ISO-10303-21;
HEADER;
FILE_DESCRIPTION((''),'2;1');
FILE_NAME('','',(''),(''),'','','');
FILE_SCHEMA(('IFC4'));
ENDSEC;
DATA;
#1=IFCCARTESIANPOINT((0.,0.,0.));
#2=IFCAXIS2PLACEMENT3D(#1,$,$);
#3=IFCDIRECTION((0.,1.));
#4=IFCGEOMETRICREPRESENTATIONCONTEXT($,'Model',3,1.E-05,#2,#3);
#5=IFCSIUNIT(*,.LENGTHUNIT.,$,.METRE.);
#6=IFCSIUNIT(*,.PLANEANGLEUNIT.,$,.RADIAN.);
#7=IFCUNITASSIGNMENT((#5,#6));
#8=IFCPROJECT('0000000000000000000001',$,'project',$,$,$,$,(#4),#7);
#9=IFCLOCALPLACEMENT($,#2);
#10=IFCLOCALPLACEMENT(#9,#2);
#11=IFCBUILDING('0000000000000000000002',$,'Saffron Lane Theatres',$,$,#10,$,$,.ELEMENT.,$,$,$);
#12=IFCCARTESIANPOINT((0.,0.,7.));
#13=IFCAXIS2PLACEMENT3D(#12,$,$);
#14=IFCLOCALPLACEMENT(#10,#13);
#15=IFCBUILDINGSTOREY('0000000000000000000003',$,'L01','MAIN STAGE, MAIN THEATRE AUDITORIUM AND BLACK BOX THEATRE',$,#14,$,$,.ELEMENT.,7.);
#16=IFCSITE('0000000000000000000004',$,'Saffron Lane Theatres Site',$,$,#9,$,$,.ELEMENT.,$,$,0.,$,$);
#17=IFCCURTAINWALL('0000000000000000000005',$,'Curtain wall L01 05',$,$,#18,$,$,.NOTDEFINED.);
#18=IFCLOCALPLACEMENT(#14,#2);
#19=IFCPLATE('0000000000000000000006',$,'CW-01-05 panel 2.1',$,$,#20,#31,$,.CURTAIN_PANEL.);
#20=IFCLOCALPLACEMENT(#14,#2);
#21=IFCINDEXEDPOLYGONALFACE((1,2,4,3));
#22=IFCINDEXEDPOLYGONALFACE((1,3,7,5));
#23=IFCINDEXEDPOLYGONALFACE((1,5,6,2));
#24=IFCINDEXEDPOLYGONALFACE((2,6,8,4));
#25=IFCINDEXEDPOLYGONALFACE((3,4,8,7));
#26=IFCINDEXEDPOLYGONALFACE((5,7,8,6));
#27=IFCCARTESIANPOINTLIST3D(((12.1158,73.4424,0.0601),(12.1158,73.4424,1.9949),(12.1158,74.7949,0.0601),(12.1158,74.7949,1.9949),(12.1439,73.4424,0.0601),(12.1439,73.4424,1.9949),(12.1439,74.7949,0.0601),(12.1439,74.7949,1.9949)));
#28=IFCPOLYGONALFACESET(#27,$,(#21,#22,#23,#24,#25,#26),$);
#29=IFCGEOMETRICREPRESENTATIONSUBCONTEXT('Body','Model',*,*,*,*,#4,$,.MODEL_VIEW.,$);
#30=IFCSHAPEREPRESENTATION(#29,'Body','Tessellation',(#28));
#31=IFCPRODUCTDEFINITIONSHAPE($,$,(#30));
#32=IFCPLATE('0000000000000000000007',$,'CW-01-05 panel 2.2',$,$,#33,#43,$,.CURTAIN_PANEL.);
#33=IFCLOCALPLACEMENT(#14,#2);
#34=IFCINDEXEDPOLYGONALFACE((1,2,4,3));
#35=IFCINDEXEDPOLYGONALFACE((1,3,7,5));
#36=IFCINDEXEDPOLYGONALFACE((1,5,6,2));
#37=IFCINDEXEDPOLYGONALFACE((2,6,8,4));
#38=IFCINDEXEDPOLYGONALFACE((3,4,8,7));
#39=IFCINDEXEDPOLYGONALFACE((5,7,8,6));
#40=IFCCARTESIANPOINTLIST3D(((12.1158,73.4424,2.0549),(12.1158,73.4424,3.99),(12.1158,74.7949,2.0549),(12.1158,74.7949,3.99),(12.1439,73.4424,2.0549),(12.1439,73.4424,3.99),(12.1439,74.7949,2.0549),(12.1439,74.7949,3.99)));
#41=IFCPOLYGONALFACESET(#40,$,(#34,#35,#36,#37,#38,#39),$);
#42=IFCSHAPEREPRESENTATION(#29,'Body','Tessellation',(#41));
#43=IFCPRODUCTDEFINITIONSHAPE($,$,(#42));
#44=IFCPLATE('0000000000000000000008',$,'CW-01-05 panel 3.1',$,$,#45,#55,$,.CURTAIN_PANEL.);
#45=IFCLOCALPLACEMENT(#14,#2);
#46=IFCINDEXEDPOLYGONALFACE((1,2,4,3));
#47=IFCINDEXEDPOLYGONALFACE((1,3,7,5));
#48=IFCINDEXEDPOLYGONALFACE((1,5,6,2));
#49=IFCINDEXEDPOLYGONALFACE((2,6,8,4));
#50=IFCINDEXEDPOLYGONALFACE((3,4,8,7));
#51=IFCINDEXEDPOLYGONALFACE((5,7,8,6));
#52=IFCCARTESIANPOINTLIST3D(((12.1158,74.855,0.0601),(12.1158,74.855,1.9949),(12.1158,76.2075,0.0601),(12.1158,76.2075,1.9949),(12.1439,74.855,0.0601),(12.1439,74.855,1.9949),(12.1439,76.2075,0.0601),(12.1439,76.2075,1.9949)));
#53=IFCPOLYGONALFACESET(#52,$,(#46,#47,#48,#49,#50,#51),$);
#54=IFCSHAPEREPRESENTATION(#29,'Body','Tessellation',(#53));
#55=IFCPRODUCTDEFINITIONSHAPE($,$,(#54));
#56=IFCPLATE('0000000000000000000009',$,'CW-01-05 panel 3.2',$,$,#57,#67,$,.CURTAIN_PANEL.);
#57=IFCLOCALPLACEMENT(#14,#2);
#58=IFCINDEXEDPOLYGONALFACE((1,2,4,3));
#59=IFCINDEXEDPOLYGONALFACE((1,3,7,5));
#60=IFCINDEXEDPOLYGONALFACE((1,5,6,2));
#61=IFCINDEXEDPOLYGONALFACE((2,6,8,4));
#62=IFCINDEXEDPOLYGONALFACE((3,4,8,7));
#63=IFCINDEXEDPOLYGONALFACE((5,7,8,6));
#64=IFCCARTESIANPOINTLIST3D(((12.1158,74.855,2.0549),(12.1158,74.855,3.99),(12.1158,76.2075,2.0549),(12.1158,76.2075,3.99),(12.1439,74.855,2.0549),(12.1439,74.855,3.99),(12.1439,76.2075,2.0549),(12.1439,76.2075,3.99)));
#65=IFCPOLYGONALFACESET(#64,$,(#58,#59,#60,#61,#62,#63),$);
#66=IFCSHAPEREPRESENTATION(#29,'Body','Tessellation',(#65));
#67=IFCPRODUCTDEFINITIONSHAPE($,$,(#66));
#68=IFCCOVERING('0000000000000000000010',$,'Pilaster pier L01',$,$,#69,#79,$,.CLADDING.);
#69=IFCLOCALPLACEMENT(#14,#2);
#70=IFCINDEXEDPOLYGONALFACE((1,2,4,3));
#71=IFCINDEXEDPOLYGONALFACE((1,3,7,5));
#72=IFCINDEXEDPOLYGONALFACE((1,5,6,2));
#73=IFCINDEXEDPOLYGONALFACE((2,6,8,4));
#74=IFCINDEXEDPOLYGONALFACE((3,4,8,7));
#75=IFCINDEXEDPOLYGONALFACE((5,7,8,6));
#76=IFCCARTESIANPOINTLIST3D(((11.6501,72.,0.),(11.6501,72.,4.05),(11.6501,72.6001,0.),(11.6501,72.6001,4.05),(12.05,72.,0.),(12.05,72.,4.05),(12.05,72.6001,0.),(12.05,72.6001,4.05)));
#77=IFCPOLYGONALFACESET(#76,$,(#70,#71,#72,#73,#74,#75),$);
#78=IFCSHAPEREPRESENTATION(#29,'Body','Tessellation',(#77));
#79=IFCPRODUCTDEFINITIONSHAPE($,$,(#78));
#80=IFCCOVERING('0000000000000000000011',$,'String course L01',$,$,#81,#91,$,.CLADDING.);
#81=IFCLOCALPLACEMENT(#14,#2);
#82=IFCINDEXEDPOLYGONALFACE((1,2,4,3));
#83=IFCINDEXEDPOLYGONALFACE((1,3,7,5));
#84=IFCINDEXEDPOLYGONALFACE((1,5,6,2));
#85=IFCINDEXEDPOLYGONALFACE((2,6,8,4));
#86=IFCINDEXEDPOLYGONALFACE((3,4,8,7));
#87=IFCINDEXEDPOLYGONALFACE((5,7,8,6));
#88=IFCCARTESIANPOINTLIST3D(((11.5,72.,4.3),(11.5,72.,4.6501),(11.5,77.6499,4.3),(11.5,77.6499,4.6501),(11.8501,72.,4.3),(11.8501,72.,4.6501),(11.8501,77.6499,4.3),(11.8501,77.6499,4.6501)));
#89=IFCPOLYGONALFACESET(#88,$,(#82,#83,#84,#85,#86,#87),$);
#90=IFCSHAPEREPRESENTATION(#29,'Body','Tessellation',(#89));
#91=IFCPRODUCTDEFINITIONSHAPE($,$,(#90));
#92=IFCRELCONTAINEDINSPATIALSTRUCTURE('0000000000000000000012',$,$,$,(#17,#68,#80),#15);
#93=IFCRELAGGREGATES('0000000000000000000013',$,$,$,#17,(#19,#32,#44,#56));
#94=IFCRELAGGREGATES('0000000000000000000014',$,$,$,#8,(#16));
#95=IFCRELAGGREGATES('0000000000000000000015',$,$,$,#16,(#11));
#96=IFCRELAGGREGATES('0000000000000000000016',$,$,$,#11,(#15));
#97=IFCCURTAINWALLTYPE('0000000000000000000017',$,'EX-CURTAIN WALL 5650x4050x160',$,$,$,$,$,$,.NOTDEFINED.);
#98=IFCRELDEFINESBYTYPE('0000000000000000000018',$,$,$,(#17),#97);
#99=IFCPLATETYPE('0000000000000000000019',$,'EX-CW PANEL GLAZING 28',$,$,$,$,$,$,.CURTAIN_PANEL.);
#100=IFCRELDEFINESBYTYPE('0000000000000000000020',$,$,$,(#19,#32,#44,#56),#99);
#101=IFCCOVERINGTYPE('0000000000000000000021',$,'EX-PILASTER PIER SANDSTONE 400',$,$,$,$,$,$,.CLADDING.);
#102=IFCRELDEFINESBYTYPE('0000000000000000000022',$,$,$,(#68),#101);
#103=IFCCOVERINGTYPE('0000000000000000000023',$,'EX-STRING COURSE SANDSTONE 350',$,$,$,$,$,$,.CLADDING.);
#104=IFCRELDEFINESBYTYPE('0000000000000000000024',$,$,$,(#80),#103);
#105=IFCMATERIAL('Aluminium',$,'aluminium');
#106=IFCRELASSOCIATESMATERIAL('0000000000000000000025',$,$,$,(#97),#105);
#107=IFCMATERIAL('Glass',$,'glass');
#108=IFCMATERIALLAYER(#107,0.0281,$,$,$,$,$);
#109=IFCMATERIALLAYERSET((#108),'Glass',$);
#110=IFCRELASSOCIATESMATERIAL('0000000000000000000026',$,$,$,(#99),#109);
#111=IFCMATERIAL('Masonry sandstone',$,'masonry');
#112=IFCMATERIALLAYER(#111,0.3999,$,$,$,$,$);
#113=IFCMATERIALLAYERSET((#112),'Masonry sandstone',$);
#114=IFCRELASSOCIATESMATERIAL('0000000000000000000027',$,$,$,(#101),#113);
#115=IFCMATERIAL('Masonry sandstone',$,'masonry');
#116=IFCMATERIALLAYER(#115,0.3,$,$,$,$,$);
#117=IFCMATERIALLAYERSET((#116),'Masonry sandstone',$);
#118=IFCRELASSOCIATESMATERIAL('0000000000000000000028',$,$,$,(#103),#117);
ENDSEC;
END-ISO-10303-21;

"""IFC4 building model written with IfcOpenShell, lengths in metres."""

from ifc_helpers import new_model, si_unit, direction, frame, origin, origin_2d, place, context, subcontext, project, spatial, rectangle, extrude, material, layer, layer_set, type_object, element, aggregate, save


model = new_model("IFC4")

# Units and contexts
model_context = context("Model", 3, precision=1e-05, world=origin(), true_north=direction((0.0, 1.0)))
body_context = subcontext(model_context, "Body", "Model", "MODEL_VIEW")
ifc_project = project(units=[si_unit("LENGTHUNIT", "METRE"), si_unit("PLANEANGLEUNIT", "RADIAN")], contexts=[model_context])

# Site, building, storey
site_placement = place(None, origin())
site = spatial("IfcSite", under=ifc_project, at=site_placement, Name="Saffron Lane Theatres Site", CompositionType="ELEMENT", RefElevation=0.0)
building_placement = place(site_placement, origin())
building = spatial("IfcBuilding", under=site, at=building_placement, Name="Saffron Lane Theatres", CompositionType="ELEMENT")
storey_placement = place(building_placement, frame((0.0, 0.0, 7.0)))
storey = spatial("IfcBuildingStorey", under=building, at=storey_placement, Name="L01", Description="MAIN STAGE, MAIN THEATRE AUDITORIUM AND BLACK BOX THEATRE", CompositionType="ELEMENT", Elevation=7.0)

# Curtain wall, plates
ifc_material_1 = material(Name="Aluminium", Category="aluminium")
curtain_wall_type = type_object("IfcCurtainWallType", Name="EX-CURTAIN WALL 5650x4050x160", PredefinedType="NOTDEFINED", material=ifc_material_1)
curtain_wall_placement = place(storey_placement, origin())
curtain_wall = element("IfcCurtainWall", 1, at=curtain_wall_placement, inside=storey, type_object=curtain_wall_type, Name="Curtain wall L01 05", PredefinedType="NOTDEFINED")
ifc_material_2 = material(Name="Glass", Category="glass")
ifc_layer_1 = layer(ifc_material_2, 0.0281)
ifc_layer_set_1 = layer_set([ifc_layer_1], Name="Glass")
plate_type = type_object("IfcPlateType", Name="EX-CW PANEL GLAZING 28", PredefinedType="CURTAIN_PANEL", material=ifc_layer_set_1)
plate_1_placement = place(storey_placement, frame((12.1299, 74.1187, 0.0601), z_axis=(0.0, 0.0, 1.0), x_axis=(0.0, 1.0, 0.0)))
plate_1 = element("IfcPlate", 2, at=plate_1_placement, type_object=plate_type, Name="CW-01-05 panel 2.1", PredefinedType="CURTAIN_PANEL", context=body_context, shape_type="SweptSolid", body=[
    extrude(rectangle(XDim=1.3525, YDim=0.0281, at=origin_2d()), origin(), (0.0, 0.0, 1.0), 1.9348),
])
plate_2_placement = place(storey_placement, frame((12.1299, 74.1187, 2.0549), z_axis=(0.0, 0.0, 1.0), x_axis=(0.0, 1.0, 0.0)))
plate_2 = element("IfcPlate", 3, at=plate_2_placement, type_object=plate_type, Name="CW-01-05 panel 2.2", PredefinedType="CURTAIN_PANEL", context=body_context, shape_type="SweptSolid", body=[
    extrude(rectangle(XDim=1.3525, YDim=0.0281, at=origin_2d()), origin(), (0.0, 0.0, 1.0), 1.9351),
])
plate_3_placement = place(storey_placement, frame((12.1299, 75.5312, 0.0601), z_axis=(0.0, 0.0, 1.0), x_axis=(0.0, 1.0, 0.0)))
plate_3 = element("IfcPlate", 4, at=plate_3_placement, type_object=plate_type, Name="CW-01-05 panel 3.1", PredefinedType="CURTAIN_PANEL", context=body_context, shape_type="SweptSolid", body=[
    extrude(rectangle(XDim=1.3525, YDim=0.0281, at=origin_2d()), origin(), (0.0, 0.0, 1.0), 1.9348),
])
plate_4_placement = place(storey_placement, frame((12.1299, 75.5312, 2.0549), z_axis=(0.0, 0.0, 1.0), x_axis=(0.0, 1.0, 0.0)))
plate_4 = element("IfcPlate", 5, at=plate_4_placement, type_object=plate_type, Name="CW-01-05 panel 3.2", PredefinedType="CURTAIN_PANEL", context=body_context, shape_type="SweptSolid", body=[
    extrude(rectangle(XDim=1.3525, YDim=0.0281, at=origin_2d()), origin(), (0.0, 0.0, 1.0), 1.9351),
])
aggregate(curtain_wall, [plate_1, plate_2, plate_3, plate_4])

# Coverings
ifc_material_3 = material(Name="Masonry sandstone", Category="masonry")
ifc_layer_2 = layer(ifc_material_3, 0.3999)
ifc_layer_set_2 = layer_set([ifc_layer_2], Name="Masonry sandstone")
covering_type_1 = type_object("IfcCoveringType", Name="EX-PILASTER PIER SANDSTONE 400", PredefinedType="CLADDING", material=ifc_layer_set_2)
covering_1_placement = place(storey_placement, frame((11.8501, 72.3, 0.0), z_axis=(0.0, 0.0, 1.0), x_axis=(0.0, 1.0, 0.0)))
element("IfcCovering", 6, at=covering_1_placement, inside=storey, type_object=covering_type_1, Name="Pilaster pier L01", PredefinedType="CLADDING", context=body_context, shape_type="SweptSolid", body=[
    extrude(rectangle(XDim=0.6001, YDim=0.3999, at=origin_2d()), origin(), (0.0, 0.0, 1.0), 4.05),
])
ifc_material_4 = material(Name="Masonry sandstone", Category="masonry")
ifc_layer_3 = layer(ifc_material_4, 0.3)
ifc_layer_set_3 = layer_set([ifc_layer_3], Name="Masonry sandstone")
covering_type_2 = type_object("IfcCoveringType", Name="EX-STRING COURSE SANDSTONE 350", PredefinedType="CLADDING", material=ifc_layer_set_3)
covering_2_placement = place(storey_placement, frame((11.675, 74.825, 4.3), z_axis=(0.0, 0.0, 1.0), x_axis=(0.0, 1.0, 0.0)))
element("IfcCovering", 7, at=covering_2_placement, inside=storey, type_object=covering_type_2, Name="String course L01", PredefinedType="CLADDING", context=body_context, shape_type="SweptSolid", body=[
    extrude(rectangle(XDim=5.6499, YDim=0.3501, at=origin_2d()), origin(), (0.0, 0.0, 1.0), 0.3501),
])

save(model, "model.ifc")
